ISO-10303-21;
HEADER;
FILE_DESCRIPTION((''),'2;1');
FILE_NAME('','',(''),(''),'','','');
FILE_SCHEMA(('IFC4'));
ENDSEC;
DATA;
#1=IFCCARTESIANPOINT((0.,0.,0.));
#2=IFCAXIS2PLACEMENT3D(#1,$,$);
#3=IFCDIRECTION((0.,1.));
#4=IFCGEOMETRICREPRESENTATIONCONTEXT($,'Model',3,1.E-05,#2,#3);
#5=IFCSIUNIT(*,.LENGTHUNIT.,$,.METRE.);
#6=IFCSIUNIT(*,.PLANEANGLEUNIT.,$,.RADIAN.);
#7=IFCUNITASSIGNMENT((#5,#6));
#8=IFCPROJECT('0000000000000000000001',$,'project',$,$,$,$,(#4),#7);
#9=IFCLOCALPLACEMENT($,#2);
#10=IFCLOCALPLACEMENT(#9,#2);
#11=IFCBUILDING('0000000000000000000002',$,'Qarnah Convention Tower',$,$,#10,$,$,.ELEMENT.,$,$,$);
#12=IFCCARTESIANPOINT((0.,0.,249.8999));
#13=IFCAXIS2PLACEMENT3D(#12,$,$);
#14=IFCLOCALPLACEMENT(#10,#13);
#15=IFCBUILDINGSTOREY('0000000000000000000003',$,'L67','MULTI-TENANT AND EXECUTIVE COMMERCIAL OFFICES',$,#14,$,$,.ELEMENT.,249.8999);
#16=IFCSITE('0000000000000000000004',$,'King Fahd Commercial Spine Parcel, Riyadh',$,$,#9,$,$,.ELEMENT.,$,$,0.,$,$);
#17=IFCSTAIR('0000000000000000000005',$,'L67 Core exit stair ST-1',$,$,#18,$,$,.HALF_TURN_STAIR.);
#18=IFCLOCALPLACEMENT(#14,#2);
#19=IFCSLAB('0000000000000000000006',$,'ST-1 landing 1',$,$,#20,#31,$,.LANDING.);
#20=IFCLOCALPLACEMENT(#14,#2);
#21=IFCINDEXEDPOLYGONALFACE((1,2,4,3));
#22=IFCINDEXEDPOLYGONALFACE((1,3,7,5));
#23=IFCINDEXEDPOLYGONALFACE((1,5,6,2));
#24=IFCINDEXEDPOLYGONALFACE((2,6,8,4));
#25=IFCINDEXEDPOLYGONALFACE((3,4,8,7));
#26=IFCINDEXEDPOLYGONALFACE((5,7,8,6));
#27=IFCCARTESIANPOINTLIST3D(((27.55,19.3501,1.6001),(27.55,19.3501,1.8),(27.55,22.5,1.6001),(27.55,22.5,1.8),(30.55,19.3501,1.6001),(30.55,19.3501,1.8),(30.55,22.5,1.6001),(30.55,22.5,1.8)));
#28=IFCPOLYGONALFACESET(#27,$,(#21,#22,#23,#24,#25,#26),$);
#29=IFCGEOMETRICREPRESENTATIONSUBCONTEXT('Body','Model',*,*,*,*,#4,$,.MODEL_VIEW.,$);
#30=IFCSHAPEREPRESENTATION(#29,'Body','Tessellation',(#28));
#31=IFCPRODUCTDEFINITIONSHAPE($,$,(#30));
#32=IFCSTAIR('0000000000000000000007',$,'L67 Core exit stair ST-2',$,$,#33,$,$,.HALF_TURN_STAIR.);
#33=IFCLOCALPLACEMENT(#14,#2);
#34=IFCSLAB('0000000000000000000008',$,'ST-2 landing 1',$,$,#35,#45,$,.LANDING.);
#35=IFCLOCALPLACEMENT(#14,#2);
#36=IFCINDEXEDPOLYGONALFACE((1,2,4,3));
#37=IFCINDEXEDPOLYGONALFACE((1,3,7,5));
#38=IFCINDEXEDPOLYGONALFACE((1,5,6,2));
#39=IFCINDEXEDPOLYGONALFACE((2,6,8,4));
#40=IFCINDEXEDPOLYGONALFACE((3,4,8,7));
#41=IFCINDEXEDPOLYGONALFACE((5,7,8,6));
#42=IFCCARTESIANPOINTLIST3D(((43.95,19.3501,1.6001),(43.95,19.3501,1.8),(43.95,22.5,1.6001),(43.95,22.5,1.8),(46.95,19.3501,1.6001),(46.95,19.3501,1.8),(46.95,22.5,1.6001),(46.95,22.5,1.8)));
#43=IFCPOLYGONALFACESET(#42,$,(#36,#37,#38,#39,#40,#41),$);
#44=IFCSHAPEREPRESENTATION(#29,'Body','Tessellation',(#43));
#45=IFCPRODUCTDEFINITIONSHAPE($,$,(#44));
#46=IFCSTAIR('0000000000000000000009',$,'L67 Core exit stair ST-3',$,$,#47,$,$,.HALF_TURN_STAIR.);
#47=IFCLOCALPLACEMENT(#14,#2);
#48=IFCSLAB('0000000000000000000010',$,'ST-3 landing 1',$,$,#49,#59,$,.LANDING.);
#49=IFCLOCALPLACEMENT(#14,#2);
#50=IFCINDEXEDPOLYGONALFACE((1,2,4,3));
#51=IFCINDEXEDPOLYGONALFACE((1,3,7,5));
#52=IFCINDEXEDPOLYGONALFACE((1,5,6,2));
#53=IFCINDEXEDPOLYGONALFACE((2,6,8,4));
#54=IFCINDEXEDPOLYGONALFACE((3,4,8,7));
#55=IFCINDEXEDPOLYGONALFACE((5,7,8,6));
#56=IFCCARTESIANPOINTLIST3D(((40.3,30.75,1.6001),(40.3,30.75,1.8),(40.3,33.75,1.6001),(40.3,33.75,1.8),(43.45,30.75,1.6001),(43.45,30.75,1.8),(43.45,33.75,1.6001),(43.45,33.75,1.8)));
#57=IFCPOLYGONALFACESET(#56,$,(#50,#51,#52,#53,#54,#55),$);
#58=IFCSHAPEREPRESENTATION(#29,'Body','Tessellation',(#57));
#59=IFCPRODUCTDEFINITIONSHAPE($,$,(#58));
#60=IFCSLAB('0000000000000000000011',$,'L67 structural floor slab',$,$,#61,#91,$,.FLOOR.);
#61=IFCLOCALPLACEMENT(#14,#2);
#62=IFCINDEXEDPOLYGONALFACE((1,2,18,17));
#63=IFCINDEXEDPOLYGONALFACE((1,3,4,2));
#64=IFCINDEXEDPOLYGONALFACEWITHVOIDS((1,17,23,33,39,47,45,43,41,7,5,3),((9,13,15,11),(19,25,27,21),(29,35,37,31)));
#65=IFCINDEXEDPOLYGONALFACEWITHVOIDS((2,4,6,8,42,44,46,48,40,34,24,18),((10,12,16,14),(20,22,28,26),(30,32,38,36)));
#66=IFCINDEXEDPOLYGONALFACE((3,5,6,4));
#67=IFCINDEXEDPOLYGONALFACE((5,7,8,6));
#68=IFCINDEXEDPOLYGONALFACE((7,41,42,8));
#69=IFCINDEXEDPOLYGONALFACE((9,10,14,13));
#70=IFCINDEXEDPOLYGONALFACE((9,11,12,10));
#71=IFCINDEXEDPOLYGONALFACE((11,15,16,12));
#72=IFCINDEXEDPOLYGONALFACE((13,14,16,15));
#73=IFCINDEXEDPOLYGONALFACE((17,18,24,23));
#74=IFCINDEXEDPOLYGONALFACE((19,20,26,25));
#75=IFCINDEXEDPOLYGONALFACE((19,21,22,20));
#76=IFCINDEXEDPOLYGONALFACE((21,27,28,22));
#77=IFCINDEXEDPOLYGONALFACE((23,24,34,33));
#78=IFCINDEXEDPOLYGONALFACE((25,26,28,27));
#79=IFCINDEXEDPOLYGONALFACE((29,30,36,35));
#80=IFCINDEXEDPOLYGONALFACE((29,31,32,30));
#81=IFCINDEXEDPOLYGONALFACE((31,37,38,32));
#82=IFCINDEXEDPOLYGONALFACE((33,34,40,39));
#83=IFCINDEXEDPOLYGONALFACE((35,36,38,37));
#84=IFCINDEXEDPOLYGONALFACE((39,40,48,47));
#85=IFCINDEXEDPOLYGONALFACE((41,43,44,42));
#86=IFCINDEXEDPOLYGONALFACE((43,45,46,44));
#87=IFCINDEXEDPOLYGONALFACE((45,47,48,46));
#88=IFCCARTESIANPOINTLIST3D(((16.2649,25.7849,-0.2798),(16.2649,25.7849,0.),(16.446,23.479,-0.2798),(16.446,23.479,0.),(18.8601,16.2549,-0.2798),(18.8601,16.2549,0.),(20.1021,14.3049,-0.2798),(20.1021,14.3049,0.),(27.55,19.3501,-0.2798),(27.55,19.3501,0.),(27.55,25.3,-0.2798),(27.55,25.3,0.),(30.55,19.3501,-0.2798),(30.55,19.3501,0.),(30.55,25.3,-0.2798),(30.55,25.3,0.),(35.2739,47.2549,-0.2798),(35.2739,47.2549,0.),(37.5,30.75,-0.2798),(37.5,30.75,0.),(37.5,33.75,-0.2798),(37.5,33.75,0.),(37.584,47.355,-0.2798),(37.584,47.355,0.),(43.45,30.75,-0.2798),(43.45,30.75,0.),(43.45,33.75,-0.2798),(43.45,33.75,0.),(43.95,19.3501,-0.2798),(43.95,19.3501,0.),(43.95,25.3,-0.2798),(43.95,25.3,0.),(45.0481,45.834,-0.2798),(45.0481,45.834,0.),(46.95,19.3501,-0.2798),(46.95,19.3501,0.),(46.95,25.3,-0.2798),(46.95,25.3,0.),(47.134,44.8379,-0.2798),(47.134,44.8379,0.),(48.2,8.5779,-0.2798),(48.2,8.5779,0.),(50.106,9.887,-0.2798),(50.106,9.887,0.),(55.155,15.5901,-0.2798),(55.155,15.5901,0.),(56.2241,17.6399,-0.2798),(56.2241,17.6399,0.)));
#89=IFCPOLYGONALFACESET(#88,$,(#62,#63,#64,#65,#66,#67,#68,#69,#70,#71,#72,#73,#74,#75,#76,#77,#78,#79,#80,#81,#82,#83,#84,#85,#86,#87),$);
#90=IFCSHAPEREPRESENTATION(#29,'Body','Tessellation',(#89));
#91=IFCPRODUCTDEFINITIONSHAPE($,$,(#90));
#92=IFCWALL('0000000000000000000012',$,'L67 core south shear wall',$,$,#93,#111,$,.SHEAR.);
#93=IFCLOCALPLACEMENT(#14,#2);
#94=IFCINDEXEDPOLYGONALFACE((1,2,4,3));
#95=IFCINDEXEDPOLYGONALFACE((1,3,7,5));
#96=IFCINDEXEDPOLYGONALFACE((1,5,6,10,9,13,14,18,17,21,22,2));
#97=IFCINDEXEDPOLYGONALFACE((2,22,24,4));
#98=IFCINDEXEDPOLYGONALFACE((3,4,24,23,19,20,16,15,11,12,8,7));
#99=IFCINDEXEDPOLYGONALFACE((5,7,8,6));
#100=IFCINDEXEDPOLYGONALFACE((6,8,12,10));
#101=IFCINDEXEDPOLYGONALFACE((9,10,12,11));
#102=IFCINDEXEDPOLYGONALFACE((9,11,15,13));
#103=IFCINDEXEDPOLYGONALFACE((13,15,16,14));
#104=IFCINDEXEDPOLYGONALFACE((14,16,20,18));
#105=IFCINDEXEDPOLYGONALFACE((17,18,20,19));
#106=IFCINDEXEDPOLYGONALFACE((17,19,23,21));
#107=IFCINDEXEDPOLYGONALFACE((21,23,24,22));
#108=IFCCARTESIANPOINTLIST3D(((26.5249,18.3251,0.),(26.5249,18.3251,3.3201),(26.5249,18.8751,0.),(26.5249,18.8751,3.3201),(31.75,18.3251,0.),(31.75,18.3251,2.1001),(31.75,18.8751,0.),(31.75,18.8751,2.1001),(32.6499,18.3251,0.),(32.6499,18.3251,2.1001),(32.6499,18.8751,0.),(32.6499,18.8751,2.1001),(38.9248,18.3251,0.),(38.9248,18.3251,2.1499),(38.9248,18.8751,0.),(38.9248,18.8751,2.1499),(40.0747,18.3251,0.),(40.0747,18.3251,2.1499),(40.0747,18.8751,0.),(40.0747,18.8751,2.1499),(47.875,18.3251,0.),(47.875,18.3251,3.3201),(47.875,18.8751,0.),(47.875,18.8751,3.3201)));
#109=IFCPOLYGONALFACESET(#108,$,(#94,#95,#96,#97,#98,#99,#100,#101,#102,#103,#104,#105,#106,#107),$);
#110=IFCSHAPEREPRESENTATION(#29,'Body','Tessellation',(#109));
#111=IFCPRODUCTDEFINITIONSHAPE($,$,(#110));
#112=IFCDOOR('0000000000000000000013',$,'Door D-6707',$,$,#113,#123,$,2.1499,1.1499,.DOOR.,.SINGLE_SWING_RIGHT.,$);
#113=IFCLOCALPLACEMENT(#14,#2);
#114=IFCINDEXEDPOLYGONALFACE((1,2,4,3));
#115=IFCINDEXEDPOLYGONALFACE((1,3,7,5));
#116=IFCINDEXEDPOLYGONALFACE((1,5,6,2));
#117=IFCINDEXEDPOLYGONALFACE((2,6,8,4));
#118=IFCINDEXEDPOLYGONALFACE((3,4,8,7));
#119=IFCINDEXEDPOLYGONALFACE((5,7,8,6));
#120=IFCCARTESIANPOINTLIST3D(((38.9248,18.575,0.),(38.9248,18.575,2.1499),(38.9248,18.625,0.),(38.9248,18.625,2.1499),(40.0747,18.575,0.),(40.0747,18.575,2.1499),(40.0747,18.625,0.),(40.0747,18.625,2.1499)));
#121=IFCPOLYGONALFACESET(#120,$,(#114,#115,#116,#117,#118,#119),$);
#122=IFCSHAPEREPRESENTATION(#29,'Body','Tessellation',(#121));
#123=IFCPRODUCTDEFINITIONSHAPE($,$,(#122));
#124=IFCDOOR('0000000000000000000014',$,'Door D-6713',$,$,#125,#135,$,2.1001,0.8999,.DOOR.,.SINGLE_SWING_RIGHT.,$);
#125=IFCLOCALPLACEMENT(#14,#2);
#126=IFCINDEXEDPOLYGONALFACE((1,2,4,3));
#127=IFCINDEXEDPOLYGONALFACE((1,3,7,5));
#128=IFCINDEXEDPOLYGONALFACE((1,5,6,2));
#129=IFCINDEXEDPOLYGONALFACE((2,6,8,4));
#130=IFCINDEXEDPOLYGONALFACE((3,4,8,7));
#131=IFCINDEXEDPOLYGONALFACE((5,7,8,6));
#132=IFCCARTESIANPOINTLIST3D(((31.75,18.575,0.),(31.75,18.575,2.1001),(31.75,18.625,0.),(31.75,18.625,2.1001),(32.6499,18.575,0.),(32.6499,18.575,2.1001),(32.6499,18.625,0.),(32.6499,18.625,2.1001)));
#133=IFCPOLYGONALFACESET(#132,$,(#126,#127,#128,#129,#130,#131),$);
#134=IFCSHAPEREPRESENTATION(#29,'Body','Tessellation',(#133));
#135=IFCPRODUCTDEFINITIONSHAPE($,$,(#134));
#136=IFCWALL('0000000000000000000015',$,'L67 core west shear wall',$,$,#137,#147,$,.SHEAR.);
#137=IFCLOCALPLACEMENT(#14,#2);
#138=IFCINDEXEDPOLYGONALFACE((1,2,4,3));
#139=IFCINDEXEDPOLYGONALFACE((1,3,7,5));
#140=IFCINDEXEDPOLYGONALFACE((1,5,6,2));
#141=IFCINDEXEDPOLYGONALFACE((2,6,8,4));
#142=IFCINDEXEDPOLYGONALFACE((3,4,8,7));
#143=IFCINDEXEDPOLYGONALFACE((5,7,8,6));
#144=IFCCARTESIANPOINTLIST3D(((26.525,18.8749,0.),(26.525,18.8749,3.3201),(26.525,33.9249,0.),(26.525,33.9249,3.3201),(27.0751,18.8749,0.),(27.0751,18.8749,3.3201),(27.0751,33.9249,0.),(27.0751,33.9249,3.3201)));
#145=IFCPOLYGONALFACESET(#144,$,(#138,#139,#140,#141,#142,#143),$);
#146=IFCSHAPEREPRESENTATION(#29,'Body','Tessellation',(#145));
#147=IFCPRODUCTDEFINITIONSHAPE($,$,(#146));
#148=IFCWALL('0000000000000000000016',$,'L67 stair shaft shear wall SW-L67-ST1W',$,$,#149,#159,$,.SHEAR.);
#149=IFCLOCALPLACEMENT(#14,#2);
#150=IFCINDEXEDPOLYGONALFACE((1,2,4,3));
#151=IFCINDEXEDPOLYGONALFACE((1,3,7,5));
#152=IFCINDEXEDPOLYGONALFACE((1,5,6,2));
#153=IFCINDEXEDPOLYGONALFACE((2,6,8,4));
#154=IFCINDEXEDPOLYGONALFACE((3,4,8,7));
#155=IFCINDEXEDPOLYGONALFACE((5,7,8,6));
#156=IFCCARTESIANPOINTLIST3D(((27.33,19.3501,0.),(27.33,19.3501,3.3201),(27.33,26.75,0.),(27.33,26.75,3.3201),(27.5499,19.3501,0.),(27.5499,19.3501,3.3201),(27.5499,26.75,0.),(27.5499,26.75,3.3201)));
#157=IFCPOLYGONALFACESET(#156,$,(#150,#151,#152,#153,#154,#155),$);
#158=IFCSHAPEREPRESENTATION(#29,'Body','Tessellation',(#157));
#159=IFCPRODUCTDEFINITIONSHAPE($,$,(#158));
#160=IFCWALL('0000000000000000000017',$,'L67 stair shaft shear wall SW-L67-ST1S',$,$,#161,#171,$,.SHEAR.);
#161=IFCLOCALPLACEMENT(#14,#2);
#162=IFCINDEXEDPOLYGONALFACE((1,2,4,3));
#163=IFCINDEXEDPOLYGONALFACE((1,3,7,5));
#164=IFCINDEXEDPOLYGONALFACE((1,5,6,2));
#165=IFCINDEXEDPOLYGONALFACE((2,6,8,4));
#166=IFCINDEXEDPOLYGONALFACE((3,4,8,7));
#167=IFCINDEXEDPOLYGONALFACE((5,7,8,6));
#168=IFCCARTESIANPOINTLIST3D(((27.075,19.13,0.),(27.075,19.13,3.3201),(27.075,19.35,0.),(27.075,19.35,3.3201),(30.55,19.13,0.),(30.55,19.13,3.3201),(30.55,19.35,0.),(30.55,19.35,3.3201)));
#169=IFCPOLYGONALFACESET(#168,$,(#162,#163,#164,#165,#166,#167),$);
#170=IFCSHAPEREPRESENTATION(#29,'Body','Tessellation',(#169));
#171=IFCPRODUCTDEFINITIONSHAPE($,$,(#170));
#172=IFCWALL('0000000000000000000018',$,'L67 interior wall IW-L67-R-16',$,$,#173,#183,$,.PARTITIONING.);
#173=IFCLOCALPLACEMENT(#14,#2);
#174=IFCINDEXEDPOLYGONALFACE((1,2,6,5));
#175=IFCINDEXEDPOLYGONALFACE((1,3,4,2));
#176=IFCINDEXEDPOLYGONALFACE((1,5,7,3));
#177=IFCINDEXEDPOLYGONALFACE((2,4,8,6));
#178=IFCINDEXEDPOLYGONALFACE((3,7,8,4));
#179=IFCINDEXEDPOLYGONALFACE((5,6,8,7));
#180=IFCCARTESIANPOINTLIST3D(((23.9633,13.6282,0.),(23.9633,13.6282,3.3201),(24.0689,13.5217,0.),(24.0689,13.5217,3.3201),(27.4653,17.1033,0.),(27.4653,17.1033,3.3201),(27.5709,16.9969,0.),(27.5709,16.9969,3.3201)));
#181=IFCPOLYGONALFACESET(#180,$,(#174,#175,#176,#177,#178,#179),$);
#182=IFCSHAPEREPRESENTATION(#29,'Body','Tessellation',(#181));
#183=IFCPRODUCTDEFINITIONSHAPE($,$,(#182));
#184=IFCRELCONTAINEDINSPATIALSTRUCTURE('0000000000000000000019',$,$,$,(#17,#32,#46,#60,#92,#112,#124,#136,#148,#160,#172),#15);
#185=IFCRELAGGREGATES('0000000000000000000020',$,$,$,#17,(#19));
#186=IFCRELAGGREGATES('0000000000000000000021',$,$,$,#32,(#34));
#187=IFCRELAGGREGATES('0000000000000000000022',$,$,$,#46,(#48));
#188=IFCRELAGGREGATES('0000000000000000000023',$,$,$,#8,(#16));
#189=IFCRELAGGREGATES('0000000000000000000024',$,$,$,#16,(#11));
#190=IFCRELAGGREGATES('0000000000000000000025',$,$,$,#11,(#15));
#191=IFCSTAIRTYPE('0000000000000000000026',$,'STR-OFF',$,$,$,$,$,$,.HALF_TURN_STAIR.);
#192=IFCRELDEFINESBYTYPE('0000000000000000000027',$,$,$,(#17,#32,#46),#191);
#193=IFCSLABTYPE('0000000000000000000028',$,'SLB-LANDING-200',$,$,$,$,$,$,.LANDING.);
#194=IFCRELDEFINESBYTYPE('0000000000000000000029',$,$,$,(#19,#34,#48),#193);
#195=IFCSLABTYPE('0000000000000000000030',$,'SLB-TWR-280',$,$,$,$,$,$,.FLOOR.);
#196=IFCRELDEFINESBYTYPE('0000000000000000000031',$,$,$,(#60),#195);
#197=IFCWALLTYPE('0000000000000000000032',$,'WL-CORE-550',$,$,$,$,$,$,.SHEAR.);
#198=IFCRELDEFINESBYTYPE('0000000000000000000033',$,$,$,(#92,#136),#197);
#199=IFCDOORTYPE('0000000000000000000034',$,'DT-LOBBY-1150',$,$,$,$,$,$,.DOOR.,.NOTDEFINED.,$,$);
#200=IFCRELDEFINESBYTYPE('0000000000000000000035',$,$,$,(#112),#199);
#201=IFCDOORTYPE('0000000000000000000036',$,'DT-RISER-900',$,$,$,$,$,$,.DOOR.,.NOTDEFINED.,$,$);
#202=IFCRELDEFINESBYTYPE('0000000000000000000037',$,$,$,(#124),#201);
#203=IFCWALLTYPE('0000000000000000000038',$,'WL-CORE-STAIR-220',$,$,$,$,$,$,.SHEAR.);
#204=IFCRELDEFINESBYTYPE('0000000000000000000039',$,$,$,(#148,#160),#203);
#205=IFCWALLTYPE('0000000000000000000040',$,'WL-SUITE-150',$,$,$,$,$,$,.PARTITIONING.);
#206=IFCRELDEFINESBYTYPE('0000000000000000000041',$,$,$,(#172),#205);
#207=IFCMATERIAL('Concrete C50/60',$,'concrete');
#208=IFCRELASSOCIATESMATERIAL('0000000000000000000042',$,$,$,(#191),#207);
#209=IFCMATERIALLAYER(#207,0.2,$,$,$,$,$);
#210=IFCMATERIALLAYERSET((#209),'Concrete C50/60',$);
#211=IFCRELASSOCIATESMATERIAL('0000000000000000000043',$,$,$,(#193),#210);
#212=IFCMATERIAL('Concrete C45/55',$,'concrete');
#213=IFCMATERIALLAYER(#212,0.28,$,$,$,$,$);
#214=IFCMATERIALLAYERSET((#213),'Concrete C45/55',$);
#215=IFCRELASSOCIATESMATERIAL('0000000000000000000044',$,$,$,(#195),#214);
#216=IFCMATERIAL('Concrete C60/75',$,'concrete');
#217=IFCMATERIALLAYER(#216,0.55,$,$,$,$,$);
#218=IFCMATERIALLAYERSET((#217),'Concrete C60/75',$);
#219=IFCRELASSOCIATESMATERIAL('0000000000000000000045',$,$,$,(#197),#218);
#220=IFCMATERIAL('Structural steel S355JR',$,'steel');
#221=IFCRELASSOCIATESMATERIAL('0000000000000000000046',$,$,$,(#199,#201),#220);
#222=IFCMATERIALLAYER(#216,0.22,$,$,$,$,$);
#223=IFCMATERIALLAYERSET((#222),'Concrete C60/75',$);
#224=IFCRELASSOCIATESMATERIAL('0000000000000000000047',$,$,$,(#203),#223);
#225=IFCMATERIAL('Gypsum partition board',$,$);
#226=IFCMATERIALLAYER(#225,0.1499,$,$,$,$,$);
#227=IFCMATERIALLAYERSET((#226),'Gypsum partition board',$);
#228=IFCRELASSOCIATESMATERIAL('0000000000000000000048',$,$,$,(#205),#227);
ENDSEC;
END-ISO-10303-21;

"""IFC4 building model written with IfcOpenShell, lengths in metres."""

from ifc_helpers import new_model, si_unit, direction, frame, frame_2d, origin, place, context, subcontext, project, spatial, polyline, rectangle, outline, extrude, material, layer, layer_set, type_object, element, fill, aggregate, save


model = new_model("IFC4")

# Units and contexts
model_context = context("Model", 3, precision=1e-05, world=origin(), true_north=direction((0.0, 1.0)))
body_context = subcontext(model_context, "Body", "Model", "MODEL_VIEW")
ifc_project = project(units=[si_unit("LENGTHUNIT", "METRE"), si_unit("PLANEANGLEUNIT", "RADIAN")], contexts=[model_context])

# Site, building, storey
site_placement = place(None, origin())
site = spatial("IfcSite", under=ifc_project, at=site_placement, Name="King Fahd Commercial Spine Parcel, Riyadh", CompositionType="ELEMENT", RefElevation=0.0)
building_placement = place(site_placement, origin())
building = spatial("IfcBuilding", under=site, at=building_placement, Name="Qarnah Convention Tower", CompositionType="ELEMENT")
storey_placement = place(building_placement, frame((0.0, 0.0, 249.8999)))
storey = spatial("IfcBuildingStorey", under=building, at=storey_placement, Name="L67", Description="MULTI-TENANT AND EXECUTIVE COMMERCIAL OFFICES", CompositionType="ELEMENT", Elevation=249.8999)

# Shared definitions
ifc_material_1 = material(Name="Concrete C50/60", Category="concrete")

# Shared definitions
ifc_material_2 = material(Name="Structural steel S355JR", Category="steel")

# Shared definitions
ifc_material_3 = material(Name="Concrete C45/55", Category="concrete")

# Stairs, slabs
stair_type = type_object("IfcStairType", Name="STR-OFF", PredefinedType="HALF_TURN_STAIR", material=ifc_material_1)
stair_1_placement = place(storey_placement, origin())
stair_1 = element("IfcStair", 1, at=stair_1_placement, inside=storey, type_object=stair_type, Name="L67 Core exit stair ST-1", PredefinedType="HALF_TURN_STAIR")
ifc_layer_1 = layer(ifc_material_1, 0.2)
ifc_layer_set_1 = layer_set([ifc_layer_1], Name="Concrete C50/60")
slab_type_1 = type_object("IfcSlabType", Name="SLB-LANDING-200", PredefinedType="LANDING", material=ifc_layer_set_1)
slab_1_placement = place(storey_placement, frame((0.0, 0.0, 1.6001)))
slab_1 = element("IfcSlab", 2, at=slab_1_placement, type_object=slab_type_1, Name="ST-1 landing 1", PredefinedType="LANDING", context=body_context, shape_type="SweptSolid", body=[
    extrude(outline(polyline([(27.55, 22.5), (27.55, 19.3501), (30.55, 19.3501), (30.55, 22.5), (27.55, 22.5)])), origin(), (0.0, 0.0, 1.0), 0.2),
])
aggregate(stair_1, [slab_1])
stair_2_placement = place(storey_placement, origin())
stair_2 = element("IfcStair", 3, at=stair_2_placement, inside=storey, type_object=stair_type, Name="L67 Core exit stair ST-2", PredefinedType="HALF_TURN_STAIR")
slab_2_placement = place(storey_placement, frame((0.0, 0.0, 1.6001)))
slab_2 = element("IfcSlab", 4, at=slab_2_placement, type_object=slab_type_1, Name="ST-2 landing 1", PredefinedType="LANDING", context=body_context, shape_type="SweptSolid", body=[
    extrude(outline(polyline([(43.95, 22.5), (43.95, 19.3501), (46.95, 19.3501), (46.95, 22.5), (43.95, 22.5)])), origin(), (0.0, 0.0, 1.0), 0.2),
])
aggregate(stair_2, [slab_2])
stair_3_placement = place(storey_placement, origin())
stair_3 = element("IfcStair", 5, at=stair_3_placement, inside=storey, type_object=stair_type, Name="L67 Core exit stair ST-3", PredefinedType="HALF_TURN_STAIR")
slab_3_placement = place(storey_placement, frame((0.0, 0.0, 1.6001)))
slab_3 = element("IfcSlab", 6, at=slab_3_placement, type_object=slab_type_1, Name="ST-3 landing 1", PredefinedType="LANDING", context=body_context, shape_type="SweptSolid", body=[
    extrude(outline(polyline([(40.3, 30.75), (43.45, 30.75), (43.45, 33.75), (40.3, 33.75), (40.3, 30.75)])), origin(), (0.0, 0.0, 1.0), 0.2),
])
aggregate(stair_3, [slab_3])

# Slab
ifc_layer_2 = layer(ifc_material_3, 0.28)
ifc_layer_set_2 = layer_set([ifc_layer_2], Name="Concrete C45/55")
slab_type_2 = type_object("IfcSlabType", Name="SLB-TWR-280", PredefinedType="FLOOR", material=ifc_layer_set_2)
slab_4_placement = place(storey_placement, frame((0.0, 0.0, -0.2798)))
element("IfcSlab", 7, at=slab_4_placement, inside=storey, type_object=slab_type_2, Name="L67 structural floor slab", PredefinedType="FLOOR", context=body_context, shape_type="SweptSolid", body=[
    extrude(outline(polyline([(35.2739, 47.2549), (16.2649, 25.7849), (16.446, 23.479), (18.8601, 16.2549), (20.1021, 14.3049), (48.2, 8.5779), (50.106, 9.887), (55.155, 15.5901), (56.2241, 17.6399), (47.134, 44.8379), (45.0481, 45.834), (37.584, 47.355), (35.2739, 47.2549)]), holes=[polyline([(27.55, 25.3), (27.55, 19.3501), (30.55, 19.3501), (30.55, 25.3), (27.55, 25.3)]), polyline([(43.95, 25.3), (43.95, 19.3501), (46.95, 19.3501), (46.95, 25.3), (43.95, 25.3)]), polyline([(37.5, 30.75), (43.45, 30.75), (43.45, 33.75), (37.5, 33.75), (37.5, 30.75)])]), origin(), (0.0, 0.0, 1.0), 0.2798),
])

# Wall, openings, doors
ifc_material_4 = material(Name="Concrete C60/75", Category="concrete")
ifc_layer_3 = layer(ifc_material_4, 0.55)
ifc_layer_set_3 = layer_set([ifc_layer_3], Name="Concrete C60/75")
wall_type_1 = type_object("IfcWallType", Name="WL-CORE-550", PredefinedType="SHEAR", material=ifc_layer_set_3)
wall_1_placement = place(storey_placement, frame((26.5249, 18.6001, 0.0), z_axis=(0.0, 0.0, 1.0), x_axis=(1.0, 0.0, 0.0)))
wall_1 = element("IfcWall", 8, at=wall_1_placement, inside=storey, type_object=wall_type_1, Name="L67 core south shear wall", PredefinedType="SHEAR", context=body_context, shape_type="SweptSolid", body=[
    extrude(rectangle(XDim=21.3501, YDim=0.55, at=frame_2d((10.675, 0.0))), origin(), (0.0, 0.0, 1.0), 3.3201),
])
opening_1_placement = place(wall_1_placement, frame((12.3999, 0.0, 0.0)))
opening_1 = element("IfcOpeningElement", 9, at=opening_1_placement, cuts=wall_1, PredefinedType="OPENING", context=body_context, shape_type="SweptSolid", body=[
    extrude(rectangle(XDim=1.1499, YDim=2.1499, at=frame_2d((0.575, 1.075))), frame((0.0, 0.2849, 0.0), z_axis=(0.0, -1.0, 0.0), x_axis=(1.0, 0.0, 0.0)), (0.0, 0.0, 1.0), 0.5701),
])
opening_2_placement = place(wall_1_placement, frame((5.2251, 0.0, 0.0)))
opening_2 = element("IfcOpeningElement", 10, at=opening_2_placement, cuts=wall_1, PredefinedType="OPENING", context=body_context, shape_type="SweptSolid", body=[
    extrude(rectangle(XDim=0.8999, YDim=2.1001, at=frame_2d((0.45, 1.05))), frame((0.0, 0.2849, 0.0), z_axis=(0.0, -1.0, 0.0), x_axis=(1.0, 0.0, 0.0)), (0.0, 0.0, 1.0), 0.5701),
])
door_type_1 = type_object("IfcDoorType", Name="DT-LOBBY-1150", OperationType="NOTDEFINED", PredefinedType="DOOR", material=ifc_material_2)
door_1_placement = place(opening_1_placement, origin())
door_1 = element("IfcDoor", 11, at=door_1_placement, inside=storey, type_object=door_type_1, Name="Door D-6707", OperationType="SINGLE_SWING_RIGHT", OverallHeight=2.1499, OverallWidth=1.1499, PredefinedType="DOOR", context=body_context, shape_type="SweptSolid", body=[
    extrude(rectangle(XDim=1.1499, YDim=2.1499, at=frame_2d((0.575, 1.075))), frame((0.0, 0.0249, 0.0), z_axis=(0.0, -1.0, 0.0), x_axis=(1.0, 0.0, 0.0)), (0.0, 0.0, 1.0), 0.05),
])
fill(opening_1, door_1)
door_type_2 = type_object("IfcDoorType", Name="DT-RISER-900", OperationType="NOTDEFINED", PredefinedType="DOOR", material=ifc_material_2)
door_2_placement = place(opening_2_placement, origin())
door_2 = element("IfcDoor", 12, at=door_2_placement, inside=storey, type_object=door_type_2, Name="Door D-6713", OperationType="SINGLE_SWING_RIGHT", OverallHeight=2.1001, OverallWidth=0.8999, PredefinedType="DOOR", context=body_context, shape_type="SweptSolid", body=[
    extrude(rectangle(XDim=0.8999, YDim=2.1001, at=frame_2d((0.45, 1.05))), frame((0.0, 0.0249, 0.0), z_axis=(0.0, -1.0, 0.0), x_axis=(1.0, 0.0, 0.0)), (0.0, 0.0, 1.0), 0.05),
])
fill(opening_2, door_2)

# Walls
wall_2_placement = place(storey_placement, frame((26.8, 18.875, 0.0), z_axis=(0.0, 0.0, 1.0), x_axis=(0.0, 1.0, 0.0)))
element("IfcWall", 13, at=wall_2_placement, inside=storey, type_object=wall_type_1, Name="L67 core west shear wall", PredefinedType="SHEAR", context=body_context, shape_type="SweptSolid", body=[
    extrude(rectangle(XDim=15.05, YDim=0.55, at=frame_2d((7.5249, 0.0))), origin(), (0.0, 0.0, 1.0), 3.3201),
])
ifc_layer_4 = layer(ifc_material_4, 0.22)
ifc_layer_set_4 = layer_set([ifc_layer_4], Name="Concrete C60/75")
wall_type_2 = type_object("IfcWallType", Name="WL-CORE-STAIR-220", PredefinedType="SHEAR", material=ifc_layer_set_4)
wall_3_placement = place(storey_placement, frame((27.4399, 19.3501, 0.0), z_axis=(0.0, 0.0, 1.0), x_axis=(0.0, 1.0, 0.0)))
element("IfcWall", 14, at=wall_3_placement, inside=storey, type_object=wall_type_2, Name="L67 stair shaft shear wall SW-L67-ST1W", PredefinedType="SHEAR", context=body_context, shape_type="SweptSolid", body=[
    extrude(rectangle(XDim=7.3999, YDim=0.22, at=frame_2d((3.7, 0.0))), origin(), (0.0, 0.0, 1.0), 3.3201),
])
wall_4_placement = place(storey_placement, frame((27.075, 19.24, 0.0), z_axis=(0.0, 0.0, 1.0), x_axis=(1.0, 0.0, 0.0)))
element("IfcWall", 15, at=wall_4_placement, inside=storey, type_object=wall_type_2, Name="L67 stair shaft shear wall SW-L67-ST1S", PredefinedType="SHEAR", context=body_context, shape_type="SweptSolid", body=[
    extrude(rectangle(XDim=3.4751, YDim=0.22, at=frame_2d((1.7375, 0.0))), origin(), (0.0, 0.0, 1.0), 3.3201),
])

# Wall
ifc_material_5 = material(Name="Gypsum partition board")
ifc_layer_5 = layer(ifc_material_5, 0.1499)
ifc_layer_set_5 = layer_set([ifc_layer_5], Name="Gypsum partition board")
wall_type_3 = type_object("IfcWallType", Name="WL-SUITE-150", PredefinedType="PARTITIONING", material=ifc_layer_set_5)
wall_5_placement = place(storey_placement, frame((24.0161, 13.575, 0.0), z_axis=(0.0, 0.0, 1.0), x_axis=(0.709823, 0.70438, 0.0)))
element("IfcWall", 16, at=wall_5_placement, inside=storey, type_object=wall_type_3, Name="L67 interior wall IW-L67-R-16", PredefinedType="PARTITIONING", context=body_context, shape_type="SweptSolid", body=[
    extrude(rectangle(XDim=4.9336, YDim=0.1499, at=frame_2d((2.4668, 0.0))), origin(), (0.0, 0.0, 1.0), 3.3201),
])

save(model, "model.ifc")
